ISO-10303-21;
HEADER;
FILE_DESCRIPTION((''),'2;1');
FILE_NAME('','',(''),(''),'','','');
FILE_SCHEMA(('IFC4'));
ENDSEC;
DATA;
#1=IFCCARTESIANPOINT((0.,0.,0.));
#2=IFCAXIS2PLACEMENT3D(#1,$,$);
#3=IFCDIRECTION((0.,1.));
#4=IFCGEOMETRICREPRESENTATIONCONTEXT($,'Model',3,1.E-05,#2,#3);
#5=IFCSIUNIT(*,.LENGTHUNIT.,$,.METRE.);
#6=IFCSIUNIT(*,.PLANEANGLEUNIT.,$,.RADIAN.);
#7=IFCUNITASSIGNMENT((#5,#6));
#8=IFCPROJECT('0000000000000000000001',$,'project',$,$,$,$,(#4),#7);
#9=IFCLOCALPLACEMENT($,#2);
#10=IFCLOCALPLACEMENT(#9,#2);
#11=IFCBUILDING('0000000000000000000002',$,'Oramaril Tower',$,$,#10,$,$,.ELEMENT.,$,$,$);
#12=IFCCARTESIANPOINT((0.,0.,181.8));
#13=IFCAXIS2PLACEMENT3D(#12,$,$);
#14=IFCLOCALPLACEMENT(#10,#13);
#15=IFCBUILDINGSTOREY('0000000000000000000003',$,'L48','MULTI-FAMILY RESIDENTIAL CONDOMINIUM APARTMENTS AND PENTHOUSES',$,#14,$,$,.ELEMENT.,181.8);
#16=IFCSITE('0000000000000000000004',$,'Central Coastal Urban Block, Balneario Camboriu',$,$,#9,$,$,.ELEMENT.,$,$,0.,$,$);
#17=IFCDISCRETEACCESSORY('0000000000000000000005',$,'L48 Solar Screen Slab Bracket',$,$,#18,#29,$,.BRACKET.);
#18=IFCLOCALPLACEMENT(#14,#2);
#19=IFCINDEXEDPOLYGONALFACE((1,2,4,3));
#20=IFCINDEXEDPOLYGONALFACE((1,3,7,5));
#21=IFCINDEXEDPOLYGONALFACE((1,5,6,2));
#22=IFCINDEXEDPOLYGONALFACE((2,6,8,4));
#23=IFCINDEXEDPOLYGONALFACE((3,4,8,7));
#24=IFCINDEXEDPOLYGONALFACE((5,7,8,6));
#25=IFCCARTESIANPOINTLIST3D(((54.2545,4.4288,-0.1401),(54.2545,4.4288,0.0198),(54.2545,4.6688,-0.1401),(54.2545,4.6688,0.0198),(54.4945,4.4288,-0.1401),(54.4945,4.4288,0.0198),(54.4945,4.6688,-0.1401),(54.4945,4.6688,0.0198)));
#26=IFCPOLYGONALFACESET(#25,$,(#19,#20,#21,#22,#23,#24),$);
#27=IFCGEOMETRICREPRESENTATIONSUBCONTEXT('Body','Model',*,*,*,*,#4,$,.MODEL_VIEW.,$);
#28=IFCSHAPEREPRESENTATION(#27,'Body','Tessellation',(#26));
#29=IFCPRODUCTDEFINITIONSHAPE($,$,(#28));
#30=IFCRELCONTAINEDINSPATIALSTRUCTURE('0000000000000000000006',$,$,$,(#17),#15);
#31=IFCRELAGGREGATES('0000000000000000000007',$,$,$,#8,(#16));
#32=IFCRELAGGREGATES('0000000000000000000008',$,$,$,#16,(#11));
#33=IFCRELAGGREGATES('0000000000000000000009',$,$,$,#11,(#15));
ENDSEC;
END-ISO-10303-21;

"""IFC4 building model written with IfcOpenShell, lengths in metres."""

from ifc_helpers import new_model, si_unit, direction, frame, origin, origin_2d, place, context, subcontext, project, spatial, rectangle, extrude, element, save


model = new_model("IFC4")

# Units and contexts
model_context = context("Model", 3, precision=1e-05, world=origin(), true_north=direction((0.0, 1.0)))
body_context = subcontext(model_context, "Body", "Model", "MODEL_VIEW")
ifc_project = project(units=[si_unit("LENGTHUNIT", "METRE"), si_unit("PLANEANGLEUNIT", "RADIAN")], contexts=[model_context])

# Site, building, storey
site_placement = place(None, origin())
site = spatial("IfcSite", under=ifc_project, at=site_placement, Name="Central Coastal Urban Block, Balneario Camboriu", CompositionType="ELEMENT", RefElevation=0.0)
building_placement = place(site_placement, origin())
building = spatial("IfcBuilding", under=site, at=building_placement, Name="Oramaril Tower", CompositionType="ELEMENT")
storey_placement = place(building_placement, frame((0.0, 0.0, 181.8)))
storey = spatial("IfcBuildingStorey", under=building, at=storey_placement, Name="L48", Description="MULTI-FAMILY RESIDENTIAL CONDOMINIUM APARTMENTS AND PENTHOUSES", CompositionType="ELEMENT", Elevation=181.8)

# Discrete accessory
for number, where, z_axis, x_axis, name in (
    (1, (54.3745, 4.5488, -0.1401), (0.0, 0.0, 1.0), (1.0, 0.0, 0.0), "L48 Solar Screen Slab Bracket"),
):
    element("IfcDiscreteAccessory", number, at=place(storey_placement, frame(where, z_axis=z_axis, x_axis=x_axis)), inside=storey, Name=name, PredefinedType="BRACKET", context=body_context, shape_type="SweptSolid", body=[
        extrude(rectangle(XDim=0.24, YDim=0.24, at=origin_2d()), origin(), (0.0, 0.0, 1.0), 0.1599),
    ])

save(model, "model.ifc")
